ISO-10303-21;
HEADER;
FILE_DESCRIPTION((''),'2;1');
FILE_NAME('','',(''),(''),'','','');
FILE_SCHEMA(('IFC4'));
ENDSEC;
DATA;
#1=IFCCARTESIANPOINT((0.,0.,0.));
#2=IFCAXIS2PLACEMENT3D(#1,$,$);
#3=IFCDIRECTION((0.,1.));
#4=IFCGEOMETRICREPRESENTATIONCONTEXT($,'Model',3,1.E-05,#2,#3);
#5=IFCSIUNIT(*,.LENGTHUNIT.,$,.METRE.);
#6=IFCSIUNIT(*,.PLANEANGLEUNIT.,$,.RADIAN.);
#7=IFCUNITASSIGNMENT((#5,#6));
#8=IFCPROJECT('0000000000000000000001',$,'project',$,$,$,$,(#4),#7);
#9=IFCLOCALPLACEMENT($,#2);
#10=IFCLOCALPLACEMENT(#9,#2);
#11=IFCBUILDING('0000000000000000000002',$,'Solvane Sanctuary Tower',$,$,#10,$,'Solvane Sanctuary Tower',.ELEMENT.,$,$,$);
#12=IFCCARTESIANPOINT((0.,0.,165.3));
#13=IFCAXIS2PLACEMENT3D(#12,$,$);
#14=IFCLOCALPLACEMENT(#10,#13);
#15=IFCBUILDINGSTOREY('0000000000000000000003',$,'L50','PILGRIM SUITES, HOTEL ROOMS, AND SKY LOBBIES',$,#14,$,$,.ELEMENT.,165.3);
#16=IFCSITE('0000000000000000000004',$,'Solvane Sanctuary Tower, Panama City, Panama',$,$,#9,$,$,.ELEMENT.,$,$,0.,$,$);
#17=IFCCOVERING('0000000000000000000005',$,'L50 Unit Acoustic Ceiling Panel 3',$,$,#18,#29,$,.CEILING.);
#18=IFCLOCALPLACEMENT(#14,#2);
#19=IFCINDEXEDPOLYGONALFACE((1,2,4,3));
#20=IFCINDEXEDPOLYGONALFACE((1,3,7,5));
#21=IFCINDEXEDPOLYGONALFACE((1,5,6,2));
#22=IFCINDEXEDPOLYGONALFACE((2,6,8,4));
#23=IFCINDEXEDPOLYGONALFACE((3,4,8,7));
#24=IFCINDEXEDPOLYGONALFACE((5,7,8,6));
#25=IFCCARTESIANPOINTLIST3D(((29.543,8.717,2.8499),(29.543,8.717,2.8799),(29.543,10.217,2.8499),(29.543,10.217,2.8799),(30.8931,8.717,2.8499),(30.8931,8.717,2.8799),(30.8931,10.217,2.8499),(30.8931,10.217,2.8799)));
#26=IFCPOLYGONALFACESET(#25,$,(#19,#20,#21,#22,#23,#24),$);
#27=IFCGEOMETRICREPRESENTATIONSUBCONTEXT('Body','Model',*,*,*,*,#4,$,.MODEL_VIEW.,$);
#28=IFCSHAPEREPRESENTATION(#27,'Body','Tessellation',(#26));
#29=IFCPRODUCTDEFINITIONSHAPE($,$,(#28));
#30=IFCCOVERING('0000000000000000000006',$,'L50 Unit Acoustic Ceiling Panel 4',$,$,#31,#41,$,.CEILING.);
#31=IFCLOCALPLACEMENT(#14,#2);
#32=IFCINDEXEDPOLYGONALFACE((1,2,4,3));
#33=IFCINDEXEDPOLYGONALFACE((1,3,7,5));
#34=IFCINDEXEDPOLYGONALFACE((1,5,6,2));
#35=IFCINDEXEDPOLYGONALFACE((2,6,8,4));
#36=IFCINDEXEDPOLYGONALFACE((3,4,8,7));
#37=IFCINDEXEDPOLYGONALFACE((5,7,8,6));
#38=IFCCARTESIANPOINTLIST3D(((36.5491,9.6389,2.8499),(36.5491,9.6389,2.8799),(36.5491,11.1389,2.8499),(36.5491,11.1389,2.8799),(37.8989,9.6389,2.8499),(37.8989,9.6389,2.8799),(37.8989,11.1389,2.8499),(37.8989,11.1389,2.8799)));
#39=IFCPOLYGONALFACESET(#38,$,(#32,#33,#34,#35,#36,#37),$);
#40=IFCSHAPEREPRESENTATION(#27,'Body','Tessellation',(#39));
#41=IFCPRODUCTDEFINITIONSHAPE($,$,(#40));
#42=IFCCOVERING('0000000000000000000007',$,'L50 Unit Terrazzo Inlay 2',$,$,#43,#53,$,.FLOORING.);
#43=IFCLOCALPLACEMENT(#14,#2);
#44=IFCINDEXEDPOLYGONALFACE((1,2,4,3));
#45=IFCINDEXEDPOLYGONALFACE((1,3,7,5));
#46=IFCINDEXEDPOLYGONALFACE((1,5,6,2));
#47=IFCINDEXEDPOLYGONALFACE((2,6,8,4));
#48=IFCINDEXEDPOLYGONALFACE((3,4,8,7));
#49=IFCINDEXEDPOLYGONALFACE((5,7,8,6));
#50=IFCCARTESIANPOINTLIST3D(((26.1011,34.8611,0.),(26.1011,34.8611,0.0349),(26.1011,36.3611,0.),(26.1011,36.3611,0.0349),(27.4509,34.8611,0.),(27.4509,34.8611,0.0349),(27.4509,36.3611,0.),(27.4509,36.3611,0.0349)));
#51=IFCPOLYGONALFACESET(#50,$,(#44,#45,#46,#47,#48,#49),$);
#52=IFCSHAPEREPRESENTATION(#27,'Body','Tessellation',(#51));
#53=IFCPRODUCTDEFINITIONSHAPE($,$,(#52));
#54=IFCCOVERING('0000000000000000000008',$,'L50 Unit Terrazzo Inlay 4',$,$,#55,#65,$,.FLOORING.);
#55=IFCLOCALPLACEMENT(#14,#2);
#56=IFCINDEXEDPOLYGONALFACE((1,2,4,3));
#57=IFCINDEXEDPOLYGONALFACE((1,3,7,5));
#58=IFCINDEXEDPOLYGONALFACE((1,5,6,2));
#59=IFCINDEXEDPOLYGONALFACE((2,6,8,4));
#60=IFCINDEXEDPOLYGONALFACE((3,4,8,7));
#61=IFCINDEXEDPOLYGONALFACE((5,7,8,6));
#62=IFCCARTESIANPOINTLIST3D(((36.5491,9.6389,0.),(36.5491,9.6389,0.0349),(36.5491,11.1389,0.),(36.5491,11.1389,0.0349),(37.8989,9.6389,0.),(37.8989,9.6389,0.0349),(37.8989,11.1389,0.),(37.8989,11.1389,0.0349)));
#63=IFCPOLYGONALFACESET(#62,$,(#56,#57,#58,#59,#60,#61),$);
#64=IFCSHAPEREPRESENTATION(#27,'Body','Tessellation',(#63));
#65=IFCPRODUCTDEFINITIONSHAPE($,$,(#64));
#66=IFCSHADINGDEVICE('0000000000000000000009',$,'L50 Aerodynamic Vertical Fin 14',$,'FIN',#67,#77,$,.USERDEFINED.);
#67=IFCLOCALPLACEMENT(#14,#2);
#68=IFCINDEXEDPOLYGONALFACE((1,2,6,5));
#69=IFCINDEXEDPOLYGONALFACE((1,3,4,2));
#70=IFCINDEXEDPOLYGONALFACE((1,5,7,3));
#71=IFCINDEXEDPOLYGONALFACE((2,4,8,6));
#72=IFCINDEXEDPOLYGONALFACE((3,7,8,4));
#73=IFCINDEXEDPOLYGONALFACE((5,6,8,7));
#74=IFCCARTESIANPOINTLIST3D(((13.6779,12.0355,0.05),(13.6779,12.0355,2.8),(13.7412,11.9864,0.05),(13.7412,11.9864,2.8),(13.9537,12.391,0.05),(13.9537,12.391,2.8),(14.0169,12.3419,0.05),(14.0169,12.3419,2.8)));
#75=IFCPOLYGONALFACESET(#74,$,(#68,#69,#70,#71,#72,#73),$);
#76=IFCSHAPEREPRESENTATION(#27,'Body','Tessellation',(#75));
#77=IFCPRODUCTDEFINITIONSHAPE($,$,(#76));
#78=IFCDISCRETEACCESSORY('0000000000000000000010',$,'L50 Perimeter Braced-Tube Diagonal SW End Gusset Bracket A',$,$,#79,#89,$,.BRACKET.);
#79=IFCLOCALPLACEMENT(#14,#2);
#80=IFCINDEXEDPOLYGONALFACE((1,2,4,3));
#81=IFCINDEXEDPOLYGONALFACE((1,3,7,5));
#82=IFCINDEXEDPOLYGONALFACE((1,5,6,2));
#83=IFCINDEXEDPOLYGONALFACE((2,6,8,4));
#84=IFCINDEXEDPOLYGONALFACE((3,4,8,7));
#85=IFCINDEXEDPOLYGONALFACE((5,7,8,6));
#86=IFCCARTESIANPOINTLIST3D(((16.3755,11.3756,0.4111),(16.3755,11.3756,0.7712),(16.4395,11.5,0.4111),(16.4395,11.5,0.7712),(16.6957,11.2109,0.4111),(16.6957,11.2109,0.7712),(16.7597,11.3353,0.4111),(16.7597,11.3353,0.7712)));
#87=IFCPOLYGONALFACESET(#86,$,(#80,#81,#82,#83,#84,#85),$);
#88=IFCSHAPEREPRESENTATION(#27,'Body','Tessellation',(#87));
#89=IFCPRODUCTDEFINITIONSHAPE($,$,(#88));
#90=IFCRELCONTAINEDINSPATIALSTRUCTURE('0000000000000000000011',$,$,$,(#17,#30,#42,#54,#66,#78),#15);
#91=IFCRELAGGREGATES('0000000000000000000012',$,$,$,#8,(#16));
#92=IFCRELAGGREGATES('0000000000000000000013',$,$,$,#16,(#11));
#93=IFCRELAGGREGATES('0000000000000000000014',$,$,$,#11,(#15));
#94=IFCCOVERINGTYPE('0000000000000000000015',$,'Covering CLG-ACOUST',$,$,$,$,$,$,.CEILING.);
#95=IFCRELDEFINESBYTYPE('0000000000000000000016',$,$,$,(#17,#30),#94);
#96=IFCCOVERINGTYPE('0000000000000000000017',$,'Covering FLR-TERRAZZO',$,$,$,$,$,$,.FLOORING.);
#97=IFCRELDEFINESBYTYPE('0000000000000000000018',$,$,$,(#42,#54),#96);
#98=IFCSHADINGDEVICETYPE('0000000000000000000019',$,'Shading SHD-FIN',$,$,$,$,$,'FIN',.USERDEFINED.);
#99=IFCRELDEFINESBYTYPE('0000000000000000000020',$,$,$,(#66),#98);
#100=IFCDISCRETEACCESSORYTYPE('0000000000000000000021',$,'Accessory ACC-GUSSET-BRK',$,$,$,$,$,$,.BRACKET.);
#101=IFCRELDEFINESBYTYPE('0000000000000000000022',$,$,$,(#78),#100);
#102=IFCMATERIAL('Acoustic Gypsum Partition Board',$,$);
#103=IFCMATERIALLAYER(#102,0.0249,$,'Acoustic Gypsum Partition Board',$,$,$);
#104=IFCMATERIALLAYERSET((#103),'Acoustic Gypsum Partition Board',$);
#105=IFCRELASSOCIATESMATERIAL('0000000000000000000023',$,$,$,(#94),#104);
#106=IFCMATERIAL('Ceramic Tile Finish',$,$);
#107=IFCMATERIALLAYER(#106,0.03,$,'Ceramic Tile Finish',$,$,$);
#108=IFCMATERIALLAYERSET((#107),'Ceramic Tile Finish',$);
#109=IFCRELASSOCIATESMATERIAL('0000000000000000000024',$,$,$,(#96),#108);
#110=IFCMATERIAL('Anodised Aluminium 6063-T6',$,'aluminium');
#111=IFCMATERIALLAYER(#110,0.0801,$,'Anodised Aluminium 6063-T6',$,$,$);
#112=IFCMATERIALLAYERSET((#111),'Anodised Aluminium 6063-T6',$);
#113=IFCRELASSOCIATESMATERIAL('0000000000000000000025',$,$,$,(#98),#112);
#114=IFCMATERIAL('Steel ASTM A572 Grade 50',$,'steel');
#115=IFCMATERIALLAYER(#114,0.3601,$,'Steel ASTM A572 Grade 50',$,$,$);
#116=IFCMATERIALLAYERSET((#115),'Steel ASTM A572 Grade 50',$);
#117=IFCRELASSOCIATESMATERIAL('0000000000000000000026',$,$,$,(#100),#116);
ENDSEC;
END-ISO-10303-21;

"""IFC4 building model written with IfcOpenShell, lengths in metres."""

from ifc_helpers import new_model, si_unit, direction, frame, origin, origin_2d, place, context, subcontext, project, spatial, polyline, rectangle, outline, extrude, material, layer, layer_set, type_object, element, save


model = new_model("IFC4")

# Units and contexts
model_context = context("Model", 3, precision=1e-05, world=origin(), true_north=direction((0.0, 1.0)))
body_context = subcontext(model_context, "Body", "Model", "MODEL_VIEW")
ifc_project = project(units=[si_unit("LENGTHUNIT", "METRE"), si_unit("PLANEANGLEUNIT", "RADIAN")], contexts=[model_context])

# Site, building, storey
site_placement = place(None, origin())
site = spatial("IfcSite", under=ifc_project, at=site_placement, Name="Solvane Sanctuary Tower, Panama City, Panama", CompositionType="ELEMENT", RefElevation=0.0)
building_placement = place(site_placement, origin())
building = spatial("IfcBuilding", under=site, at=building_placement, Name="Solvane Sanctuary Tower", LongName="Solvane Sanctuary Tower", CompositionType="ELEMENT")
storey_placement = place(building_placement, frame((0.0, 0.0, 165.3)))
storey = spatial("IfcBuildingStorey", under=building, at=storey_placement, Name="L50", Description="PILGRIM SUITES, HOTEL ROOMS, AND SKY LOBBIES", CompositionType="ELEMENT", Elevation=165.3)

# Coverings
ifc_material_1 = material(Name="Acoustic Gypsum Partition Board")
ifc_layer_1 = layer(ifc_material_1, 0.0249, Name="Acoustic Gypsum Partition Board")
ifc_layer_set_1 = layer_set([ifc_layer_1], Name="Acoustic Gypsum Partition Board")
covering_type_1 = type_object("IfcCoveringType", Name="Covering CLG-ACOUST", PredefinedType="CEILING", material=ifc_layer_set_1)
covering_1_placement = place(storey_placement, frame((0.0, 0.0, 2.8499)))
element("IfcCovering", 1, at=covering_1_placement, inside=storey, type_object=covering_type_1, Name="L50 Unit Acoustic Ceiling Panel 3", PredefinedType="CEILING", context=body_context, shape_type="SweptSolid", body=[
    extrude(outline(polyline([(29.543, 8.717), (30.8931, 8.717), (30.8931, 10.217), (29.543, 10.217), (29.543, 8.717)])), origin(), (0.0, 0.0, 1.0), 0.03),
])
covering_2_placement = place(storey_placement, frame((0.0, 0.0, 2.8499)))
element("IfcCovering", 2, at=covering_2_placement, inside=storey, type_object=covering_type_1, Name="L50 Unit Acoustic Ceiling Panel 4", PredefinedType="CEILING", context=body_context, shape_type="SweptSolid", body=[
    extrude(outline(polyline([(36.5491, 9.6389), (37.8989, 9.6389), (37.8989, 11.1389), (36.5491, 11.1389), (36.5491, 9.6389)])), origin(), (0.0, 0.0, 1.0), 0.03),
])
ifc_material_2 = material(Name="Ceramic Tile Finish")
ifc_layer_2 = layer(ifc_material_2, 0.03, Name="Ceramic Tile Finish")
ifc_layer_set_2 = layer_set([ifc_layer_2], Name="Ceramic Tile Finish")
covering_type_2 = type_object("IfcCoveringType", Name="Covering FLR-TERRAZZO", PredefinedType="FLOORING", material=ifc_layer_set_2)
covering_3_placement = place(storey_placement, origin())
element("IfcCovering", 3, at=covering_3_placement, inside=storey, type_object=covering_type_2, Name="L50 Unit Terrazzo Inlay 2", PredefinedType="FLOORING", context=body_context, shape_type="SweptSolid", body=[
    extrude(outline(polyline([(26.1011, 34.8611), (27.4509, 34.8611), (27.4509, 36.3611), (26.1011, 36.3611), (26.1011, 34.8611)])), origin(), (0.0, 0.0, 1.0), 0.0349),
])
covering_4_placement = place(storey_placement, origin())
element("IfcCovering", 4, at=covering_4_placement, inside=storey, type_object=covering_type_2, Name="L50 Unit Terrazzo Inlay 4", PredefinedType="FLOORING", context=body_context, shape_type="SweptSolid", body=[
    extrude(outline(polyline([(36.5491, 9.6389), (37.8989, 9.6389), (37.8989, 11.1389), (36.5491, 11.1389), (36.5491, 9.6389)])), origin(), (0.0, 0.0, 1.0), 0.0349),
])

# Shading device
ifc_material_3 = material(Name="Anodised Aluminium 6063-T6", Category="aluminium")
ifc_layer_3 = layer(ifc_material_3, 0.0801, Name="Anodised Aluminium 6063-T6")
ifc_layer_set_3 = layer_set([ifc_layer_3], Name="Anodised Aluminium 6063-T6")
shading_device_type = type_object("IfcShadingDeviceType", Name="Shading SHD-FIN", ElementType="FIN", PredefinedType="USERDEFINED", material=ifc_layer_set_3)
shading_device_placement = place(storey_placement, frame((13.8474, 12.1887, 0.05), z_axis=(0.0, 0.0, 1.0), x_axis=(0.790166, -0.612893, 0.0)))
element("IfcShadingDevice", 5, at=shading_device_placement, inside=storey, type_object=shading_device_type, Name="L50 Aerodynamic Vertical Fin 14", ObjectType="FIN", PredefinedType="USERDEFINED", context=body_context, shape_type="SweptSolid", body=[
    extrude(rectangle(XDim=0.0801, YDim=0.45, at=origin_2d()), origin(), (0.0, 0.0, 1.0), 2.75),
])

# Discrete accessory
ifc_material_4 = material(Name="Steel ASTM A572 Grade 50", Category="steel")
ifc_layer_4 = layer(ifc_material_4, 0.3601, Name="Steel ASTM A572 Grade 50")
ifc_layer_set_4 = layer_set([ifc_layer_4], Name="Steel ASTM A572 Grade 50")
discrete_accessory_type = type_object("IfcDiscreteAccessoryType", Name="Accessory ACC-GUSSET-BRK", PredefinedType="BRACKET", material=ifc_layer_set_4)
discrete_accessory_placement = place(storey_placement, frame((16.5676, 11.3555, 0.4111), z_axis=(0.0, 0.0, 1.0), x_axis=(0.889257, -0.457408, 0.0)))
element("IfcDiscreteAccessory", 6, at=discrete_accessory_placement, inside=storey, type_object=discrete_accessory_type, Name="L50 Perimeter Braced-Tube Diagonal SW End Gusset Bracket A", PredefinedType="BRACKET", context=body_context, shape_type="SweptSolid", body=[
    extrude(rectangle(XDim=0.3601, YDim=0.1399, at=origin_2d()), origin(), (0.0, 0.0, 1.0), 0.3601),
])

save(model, "model.ifc")
